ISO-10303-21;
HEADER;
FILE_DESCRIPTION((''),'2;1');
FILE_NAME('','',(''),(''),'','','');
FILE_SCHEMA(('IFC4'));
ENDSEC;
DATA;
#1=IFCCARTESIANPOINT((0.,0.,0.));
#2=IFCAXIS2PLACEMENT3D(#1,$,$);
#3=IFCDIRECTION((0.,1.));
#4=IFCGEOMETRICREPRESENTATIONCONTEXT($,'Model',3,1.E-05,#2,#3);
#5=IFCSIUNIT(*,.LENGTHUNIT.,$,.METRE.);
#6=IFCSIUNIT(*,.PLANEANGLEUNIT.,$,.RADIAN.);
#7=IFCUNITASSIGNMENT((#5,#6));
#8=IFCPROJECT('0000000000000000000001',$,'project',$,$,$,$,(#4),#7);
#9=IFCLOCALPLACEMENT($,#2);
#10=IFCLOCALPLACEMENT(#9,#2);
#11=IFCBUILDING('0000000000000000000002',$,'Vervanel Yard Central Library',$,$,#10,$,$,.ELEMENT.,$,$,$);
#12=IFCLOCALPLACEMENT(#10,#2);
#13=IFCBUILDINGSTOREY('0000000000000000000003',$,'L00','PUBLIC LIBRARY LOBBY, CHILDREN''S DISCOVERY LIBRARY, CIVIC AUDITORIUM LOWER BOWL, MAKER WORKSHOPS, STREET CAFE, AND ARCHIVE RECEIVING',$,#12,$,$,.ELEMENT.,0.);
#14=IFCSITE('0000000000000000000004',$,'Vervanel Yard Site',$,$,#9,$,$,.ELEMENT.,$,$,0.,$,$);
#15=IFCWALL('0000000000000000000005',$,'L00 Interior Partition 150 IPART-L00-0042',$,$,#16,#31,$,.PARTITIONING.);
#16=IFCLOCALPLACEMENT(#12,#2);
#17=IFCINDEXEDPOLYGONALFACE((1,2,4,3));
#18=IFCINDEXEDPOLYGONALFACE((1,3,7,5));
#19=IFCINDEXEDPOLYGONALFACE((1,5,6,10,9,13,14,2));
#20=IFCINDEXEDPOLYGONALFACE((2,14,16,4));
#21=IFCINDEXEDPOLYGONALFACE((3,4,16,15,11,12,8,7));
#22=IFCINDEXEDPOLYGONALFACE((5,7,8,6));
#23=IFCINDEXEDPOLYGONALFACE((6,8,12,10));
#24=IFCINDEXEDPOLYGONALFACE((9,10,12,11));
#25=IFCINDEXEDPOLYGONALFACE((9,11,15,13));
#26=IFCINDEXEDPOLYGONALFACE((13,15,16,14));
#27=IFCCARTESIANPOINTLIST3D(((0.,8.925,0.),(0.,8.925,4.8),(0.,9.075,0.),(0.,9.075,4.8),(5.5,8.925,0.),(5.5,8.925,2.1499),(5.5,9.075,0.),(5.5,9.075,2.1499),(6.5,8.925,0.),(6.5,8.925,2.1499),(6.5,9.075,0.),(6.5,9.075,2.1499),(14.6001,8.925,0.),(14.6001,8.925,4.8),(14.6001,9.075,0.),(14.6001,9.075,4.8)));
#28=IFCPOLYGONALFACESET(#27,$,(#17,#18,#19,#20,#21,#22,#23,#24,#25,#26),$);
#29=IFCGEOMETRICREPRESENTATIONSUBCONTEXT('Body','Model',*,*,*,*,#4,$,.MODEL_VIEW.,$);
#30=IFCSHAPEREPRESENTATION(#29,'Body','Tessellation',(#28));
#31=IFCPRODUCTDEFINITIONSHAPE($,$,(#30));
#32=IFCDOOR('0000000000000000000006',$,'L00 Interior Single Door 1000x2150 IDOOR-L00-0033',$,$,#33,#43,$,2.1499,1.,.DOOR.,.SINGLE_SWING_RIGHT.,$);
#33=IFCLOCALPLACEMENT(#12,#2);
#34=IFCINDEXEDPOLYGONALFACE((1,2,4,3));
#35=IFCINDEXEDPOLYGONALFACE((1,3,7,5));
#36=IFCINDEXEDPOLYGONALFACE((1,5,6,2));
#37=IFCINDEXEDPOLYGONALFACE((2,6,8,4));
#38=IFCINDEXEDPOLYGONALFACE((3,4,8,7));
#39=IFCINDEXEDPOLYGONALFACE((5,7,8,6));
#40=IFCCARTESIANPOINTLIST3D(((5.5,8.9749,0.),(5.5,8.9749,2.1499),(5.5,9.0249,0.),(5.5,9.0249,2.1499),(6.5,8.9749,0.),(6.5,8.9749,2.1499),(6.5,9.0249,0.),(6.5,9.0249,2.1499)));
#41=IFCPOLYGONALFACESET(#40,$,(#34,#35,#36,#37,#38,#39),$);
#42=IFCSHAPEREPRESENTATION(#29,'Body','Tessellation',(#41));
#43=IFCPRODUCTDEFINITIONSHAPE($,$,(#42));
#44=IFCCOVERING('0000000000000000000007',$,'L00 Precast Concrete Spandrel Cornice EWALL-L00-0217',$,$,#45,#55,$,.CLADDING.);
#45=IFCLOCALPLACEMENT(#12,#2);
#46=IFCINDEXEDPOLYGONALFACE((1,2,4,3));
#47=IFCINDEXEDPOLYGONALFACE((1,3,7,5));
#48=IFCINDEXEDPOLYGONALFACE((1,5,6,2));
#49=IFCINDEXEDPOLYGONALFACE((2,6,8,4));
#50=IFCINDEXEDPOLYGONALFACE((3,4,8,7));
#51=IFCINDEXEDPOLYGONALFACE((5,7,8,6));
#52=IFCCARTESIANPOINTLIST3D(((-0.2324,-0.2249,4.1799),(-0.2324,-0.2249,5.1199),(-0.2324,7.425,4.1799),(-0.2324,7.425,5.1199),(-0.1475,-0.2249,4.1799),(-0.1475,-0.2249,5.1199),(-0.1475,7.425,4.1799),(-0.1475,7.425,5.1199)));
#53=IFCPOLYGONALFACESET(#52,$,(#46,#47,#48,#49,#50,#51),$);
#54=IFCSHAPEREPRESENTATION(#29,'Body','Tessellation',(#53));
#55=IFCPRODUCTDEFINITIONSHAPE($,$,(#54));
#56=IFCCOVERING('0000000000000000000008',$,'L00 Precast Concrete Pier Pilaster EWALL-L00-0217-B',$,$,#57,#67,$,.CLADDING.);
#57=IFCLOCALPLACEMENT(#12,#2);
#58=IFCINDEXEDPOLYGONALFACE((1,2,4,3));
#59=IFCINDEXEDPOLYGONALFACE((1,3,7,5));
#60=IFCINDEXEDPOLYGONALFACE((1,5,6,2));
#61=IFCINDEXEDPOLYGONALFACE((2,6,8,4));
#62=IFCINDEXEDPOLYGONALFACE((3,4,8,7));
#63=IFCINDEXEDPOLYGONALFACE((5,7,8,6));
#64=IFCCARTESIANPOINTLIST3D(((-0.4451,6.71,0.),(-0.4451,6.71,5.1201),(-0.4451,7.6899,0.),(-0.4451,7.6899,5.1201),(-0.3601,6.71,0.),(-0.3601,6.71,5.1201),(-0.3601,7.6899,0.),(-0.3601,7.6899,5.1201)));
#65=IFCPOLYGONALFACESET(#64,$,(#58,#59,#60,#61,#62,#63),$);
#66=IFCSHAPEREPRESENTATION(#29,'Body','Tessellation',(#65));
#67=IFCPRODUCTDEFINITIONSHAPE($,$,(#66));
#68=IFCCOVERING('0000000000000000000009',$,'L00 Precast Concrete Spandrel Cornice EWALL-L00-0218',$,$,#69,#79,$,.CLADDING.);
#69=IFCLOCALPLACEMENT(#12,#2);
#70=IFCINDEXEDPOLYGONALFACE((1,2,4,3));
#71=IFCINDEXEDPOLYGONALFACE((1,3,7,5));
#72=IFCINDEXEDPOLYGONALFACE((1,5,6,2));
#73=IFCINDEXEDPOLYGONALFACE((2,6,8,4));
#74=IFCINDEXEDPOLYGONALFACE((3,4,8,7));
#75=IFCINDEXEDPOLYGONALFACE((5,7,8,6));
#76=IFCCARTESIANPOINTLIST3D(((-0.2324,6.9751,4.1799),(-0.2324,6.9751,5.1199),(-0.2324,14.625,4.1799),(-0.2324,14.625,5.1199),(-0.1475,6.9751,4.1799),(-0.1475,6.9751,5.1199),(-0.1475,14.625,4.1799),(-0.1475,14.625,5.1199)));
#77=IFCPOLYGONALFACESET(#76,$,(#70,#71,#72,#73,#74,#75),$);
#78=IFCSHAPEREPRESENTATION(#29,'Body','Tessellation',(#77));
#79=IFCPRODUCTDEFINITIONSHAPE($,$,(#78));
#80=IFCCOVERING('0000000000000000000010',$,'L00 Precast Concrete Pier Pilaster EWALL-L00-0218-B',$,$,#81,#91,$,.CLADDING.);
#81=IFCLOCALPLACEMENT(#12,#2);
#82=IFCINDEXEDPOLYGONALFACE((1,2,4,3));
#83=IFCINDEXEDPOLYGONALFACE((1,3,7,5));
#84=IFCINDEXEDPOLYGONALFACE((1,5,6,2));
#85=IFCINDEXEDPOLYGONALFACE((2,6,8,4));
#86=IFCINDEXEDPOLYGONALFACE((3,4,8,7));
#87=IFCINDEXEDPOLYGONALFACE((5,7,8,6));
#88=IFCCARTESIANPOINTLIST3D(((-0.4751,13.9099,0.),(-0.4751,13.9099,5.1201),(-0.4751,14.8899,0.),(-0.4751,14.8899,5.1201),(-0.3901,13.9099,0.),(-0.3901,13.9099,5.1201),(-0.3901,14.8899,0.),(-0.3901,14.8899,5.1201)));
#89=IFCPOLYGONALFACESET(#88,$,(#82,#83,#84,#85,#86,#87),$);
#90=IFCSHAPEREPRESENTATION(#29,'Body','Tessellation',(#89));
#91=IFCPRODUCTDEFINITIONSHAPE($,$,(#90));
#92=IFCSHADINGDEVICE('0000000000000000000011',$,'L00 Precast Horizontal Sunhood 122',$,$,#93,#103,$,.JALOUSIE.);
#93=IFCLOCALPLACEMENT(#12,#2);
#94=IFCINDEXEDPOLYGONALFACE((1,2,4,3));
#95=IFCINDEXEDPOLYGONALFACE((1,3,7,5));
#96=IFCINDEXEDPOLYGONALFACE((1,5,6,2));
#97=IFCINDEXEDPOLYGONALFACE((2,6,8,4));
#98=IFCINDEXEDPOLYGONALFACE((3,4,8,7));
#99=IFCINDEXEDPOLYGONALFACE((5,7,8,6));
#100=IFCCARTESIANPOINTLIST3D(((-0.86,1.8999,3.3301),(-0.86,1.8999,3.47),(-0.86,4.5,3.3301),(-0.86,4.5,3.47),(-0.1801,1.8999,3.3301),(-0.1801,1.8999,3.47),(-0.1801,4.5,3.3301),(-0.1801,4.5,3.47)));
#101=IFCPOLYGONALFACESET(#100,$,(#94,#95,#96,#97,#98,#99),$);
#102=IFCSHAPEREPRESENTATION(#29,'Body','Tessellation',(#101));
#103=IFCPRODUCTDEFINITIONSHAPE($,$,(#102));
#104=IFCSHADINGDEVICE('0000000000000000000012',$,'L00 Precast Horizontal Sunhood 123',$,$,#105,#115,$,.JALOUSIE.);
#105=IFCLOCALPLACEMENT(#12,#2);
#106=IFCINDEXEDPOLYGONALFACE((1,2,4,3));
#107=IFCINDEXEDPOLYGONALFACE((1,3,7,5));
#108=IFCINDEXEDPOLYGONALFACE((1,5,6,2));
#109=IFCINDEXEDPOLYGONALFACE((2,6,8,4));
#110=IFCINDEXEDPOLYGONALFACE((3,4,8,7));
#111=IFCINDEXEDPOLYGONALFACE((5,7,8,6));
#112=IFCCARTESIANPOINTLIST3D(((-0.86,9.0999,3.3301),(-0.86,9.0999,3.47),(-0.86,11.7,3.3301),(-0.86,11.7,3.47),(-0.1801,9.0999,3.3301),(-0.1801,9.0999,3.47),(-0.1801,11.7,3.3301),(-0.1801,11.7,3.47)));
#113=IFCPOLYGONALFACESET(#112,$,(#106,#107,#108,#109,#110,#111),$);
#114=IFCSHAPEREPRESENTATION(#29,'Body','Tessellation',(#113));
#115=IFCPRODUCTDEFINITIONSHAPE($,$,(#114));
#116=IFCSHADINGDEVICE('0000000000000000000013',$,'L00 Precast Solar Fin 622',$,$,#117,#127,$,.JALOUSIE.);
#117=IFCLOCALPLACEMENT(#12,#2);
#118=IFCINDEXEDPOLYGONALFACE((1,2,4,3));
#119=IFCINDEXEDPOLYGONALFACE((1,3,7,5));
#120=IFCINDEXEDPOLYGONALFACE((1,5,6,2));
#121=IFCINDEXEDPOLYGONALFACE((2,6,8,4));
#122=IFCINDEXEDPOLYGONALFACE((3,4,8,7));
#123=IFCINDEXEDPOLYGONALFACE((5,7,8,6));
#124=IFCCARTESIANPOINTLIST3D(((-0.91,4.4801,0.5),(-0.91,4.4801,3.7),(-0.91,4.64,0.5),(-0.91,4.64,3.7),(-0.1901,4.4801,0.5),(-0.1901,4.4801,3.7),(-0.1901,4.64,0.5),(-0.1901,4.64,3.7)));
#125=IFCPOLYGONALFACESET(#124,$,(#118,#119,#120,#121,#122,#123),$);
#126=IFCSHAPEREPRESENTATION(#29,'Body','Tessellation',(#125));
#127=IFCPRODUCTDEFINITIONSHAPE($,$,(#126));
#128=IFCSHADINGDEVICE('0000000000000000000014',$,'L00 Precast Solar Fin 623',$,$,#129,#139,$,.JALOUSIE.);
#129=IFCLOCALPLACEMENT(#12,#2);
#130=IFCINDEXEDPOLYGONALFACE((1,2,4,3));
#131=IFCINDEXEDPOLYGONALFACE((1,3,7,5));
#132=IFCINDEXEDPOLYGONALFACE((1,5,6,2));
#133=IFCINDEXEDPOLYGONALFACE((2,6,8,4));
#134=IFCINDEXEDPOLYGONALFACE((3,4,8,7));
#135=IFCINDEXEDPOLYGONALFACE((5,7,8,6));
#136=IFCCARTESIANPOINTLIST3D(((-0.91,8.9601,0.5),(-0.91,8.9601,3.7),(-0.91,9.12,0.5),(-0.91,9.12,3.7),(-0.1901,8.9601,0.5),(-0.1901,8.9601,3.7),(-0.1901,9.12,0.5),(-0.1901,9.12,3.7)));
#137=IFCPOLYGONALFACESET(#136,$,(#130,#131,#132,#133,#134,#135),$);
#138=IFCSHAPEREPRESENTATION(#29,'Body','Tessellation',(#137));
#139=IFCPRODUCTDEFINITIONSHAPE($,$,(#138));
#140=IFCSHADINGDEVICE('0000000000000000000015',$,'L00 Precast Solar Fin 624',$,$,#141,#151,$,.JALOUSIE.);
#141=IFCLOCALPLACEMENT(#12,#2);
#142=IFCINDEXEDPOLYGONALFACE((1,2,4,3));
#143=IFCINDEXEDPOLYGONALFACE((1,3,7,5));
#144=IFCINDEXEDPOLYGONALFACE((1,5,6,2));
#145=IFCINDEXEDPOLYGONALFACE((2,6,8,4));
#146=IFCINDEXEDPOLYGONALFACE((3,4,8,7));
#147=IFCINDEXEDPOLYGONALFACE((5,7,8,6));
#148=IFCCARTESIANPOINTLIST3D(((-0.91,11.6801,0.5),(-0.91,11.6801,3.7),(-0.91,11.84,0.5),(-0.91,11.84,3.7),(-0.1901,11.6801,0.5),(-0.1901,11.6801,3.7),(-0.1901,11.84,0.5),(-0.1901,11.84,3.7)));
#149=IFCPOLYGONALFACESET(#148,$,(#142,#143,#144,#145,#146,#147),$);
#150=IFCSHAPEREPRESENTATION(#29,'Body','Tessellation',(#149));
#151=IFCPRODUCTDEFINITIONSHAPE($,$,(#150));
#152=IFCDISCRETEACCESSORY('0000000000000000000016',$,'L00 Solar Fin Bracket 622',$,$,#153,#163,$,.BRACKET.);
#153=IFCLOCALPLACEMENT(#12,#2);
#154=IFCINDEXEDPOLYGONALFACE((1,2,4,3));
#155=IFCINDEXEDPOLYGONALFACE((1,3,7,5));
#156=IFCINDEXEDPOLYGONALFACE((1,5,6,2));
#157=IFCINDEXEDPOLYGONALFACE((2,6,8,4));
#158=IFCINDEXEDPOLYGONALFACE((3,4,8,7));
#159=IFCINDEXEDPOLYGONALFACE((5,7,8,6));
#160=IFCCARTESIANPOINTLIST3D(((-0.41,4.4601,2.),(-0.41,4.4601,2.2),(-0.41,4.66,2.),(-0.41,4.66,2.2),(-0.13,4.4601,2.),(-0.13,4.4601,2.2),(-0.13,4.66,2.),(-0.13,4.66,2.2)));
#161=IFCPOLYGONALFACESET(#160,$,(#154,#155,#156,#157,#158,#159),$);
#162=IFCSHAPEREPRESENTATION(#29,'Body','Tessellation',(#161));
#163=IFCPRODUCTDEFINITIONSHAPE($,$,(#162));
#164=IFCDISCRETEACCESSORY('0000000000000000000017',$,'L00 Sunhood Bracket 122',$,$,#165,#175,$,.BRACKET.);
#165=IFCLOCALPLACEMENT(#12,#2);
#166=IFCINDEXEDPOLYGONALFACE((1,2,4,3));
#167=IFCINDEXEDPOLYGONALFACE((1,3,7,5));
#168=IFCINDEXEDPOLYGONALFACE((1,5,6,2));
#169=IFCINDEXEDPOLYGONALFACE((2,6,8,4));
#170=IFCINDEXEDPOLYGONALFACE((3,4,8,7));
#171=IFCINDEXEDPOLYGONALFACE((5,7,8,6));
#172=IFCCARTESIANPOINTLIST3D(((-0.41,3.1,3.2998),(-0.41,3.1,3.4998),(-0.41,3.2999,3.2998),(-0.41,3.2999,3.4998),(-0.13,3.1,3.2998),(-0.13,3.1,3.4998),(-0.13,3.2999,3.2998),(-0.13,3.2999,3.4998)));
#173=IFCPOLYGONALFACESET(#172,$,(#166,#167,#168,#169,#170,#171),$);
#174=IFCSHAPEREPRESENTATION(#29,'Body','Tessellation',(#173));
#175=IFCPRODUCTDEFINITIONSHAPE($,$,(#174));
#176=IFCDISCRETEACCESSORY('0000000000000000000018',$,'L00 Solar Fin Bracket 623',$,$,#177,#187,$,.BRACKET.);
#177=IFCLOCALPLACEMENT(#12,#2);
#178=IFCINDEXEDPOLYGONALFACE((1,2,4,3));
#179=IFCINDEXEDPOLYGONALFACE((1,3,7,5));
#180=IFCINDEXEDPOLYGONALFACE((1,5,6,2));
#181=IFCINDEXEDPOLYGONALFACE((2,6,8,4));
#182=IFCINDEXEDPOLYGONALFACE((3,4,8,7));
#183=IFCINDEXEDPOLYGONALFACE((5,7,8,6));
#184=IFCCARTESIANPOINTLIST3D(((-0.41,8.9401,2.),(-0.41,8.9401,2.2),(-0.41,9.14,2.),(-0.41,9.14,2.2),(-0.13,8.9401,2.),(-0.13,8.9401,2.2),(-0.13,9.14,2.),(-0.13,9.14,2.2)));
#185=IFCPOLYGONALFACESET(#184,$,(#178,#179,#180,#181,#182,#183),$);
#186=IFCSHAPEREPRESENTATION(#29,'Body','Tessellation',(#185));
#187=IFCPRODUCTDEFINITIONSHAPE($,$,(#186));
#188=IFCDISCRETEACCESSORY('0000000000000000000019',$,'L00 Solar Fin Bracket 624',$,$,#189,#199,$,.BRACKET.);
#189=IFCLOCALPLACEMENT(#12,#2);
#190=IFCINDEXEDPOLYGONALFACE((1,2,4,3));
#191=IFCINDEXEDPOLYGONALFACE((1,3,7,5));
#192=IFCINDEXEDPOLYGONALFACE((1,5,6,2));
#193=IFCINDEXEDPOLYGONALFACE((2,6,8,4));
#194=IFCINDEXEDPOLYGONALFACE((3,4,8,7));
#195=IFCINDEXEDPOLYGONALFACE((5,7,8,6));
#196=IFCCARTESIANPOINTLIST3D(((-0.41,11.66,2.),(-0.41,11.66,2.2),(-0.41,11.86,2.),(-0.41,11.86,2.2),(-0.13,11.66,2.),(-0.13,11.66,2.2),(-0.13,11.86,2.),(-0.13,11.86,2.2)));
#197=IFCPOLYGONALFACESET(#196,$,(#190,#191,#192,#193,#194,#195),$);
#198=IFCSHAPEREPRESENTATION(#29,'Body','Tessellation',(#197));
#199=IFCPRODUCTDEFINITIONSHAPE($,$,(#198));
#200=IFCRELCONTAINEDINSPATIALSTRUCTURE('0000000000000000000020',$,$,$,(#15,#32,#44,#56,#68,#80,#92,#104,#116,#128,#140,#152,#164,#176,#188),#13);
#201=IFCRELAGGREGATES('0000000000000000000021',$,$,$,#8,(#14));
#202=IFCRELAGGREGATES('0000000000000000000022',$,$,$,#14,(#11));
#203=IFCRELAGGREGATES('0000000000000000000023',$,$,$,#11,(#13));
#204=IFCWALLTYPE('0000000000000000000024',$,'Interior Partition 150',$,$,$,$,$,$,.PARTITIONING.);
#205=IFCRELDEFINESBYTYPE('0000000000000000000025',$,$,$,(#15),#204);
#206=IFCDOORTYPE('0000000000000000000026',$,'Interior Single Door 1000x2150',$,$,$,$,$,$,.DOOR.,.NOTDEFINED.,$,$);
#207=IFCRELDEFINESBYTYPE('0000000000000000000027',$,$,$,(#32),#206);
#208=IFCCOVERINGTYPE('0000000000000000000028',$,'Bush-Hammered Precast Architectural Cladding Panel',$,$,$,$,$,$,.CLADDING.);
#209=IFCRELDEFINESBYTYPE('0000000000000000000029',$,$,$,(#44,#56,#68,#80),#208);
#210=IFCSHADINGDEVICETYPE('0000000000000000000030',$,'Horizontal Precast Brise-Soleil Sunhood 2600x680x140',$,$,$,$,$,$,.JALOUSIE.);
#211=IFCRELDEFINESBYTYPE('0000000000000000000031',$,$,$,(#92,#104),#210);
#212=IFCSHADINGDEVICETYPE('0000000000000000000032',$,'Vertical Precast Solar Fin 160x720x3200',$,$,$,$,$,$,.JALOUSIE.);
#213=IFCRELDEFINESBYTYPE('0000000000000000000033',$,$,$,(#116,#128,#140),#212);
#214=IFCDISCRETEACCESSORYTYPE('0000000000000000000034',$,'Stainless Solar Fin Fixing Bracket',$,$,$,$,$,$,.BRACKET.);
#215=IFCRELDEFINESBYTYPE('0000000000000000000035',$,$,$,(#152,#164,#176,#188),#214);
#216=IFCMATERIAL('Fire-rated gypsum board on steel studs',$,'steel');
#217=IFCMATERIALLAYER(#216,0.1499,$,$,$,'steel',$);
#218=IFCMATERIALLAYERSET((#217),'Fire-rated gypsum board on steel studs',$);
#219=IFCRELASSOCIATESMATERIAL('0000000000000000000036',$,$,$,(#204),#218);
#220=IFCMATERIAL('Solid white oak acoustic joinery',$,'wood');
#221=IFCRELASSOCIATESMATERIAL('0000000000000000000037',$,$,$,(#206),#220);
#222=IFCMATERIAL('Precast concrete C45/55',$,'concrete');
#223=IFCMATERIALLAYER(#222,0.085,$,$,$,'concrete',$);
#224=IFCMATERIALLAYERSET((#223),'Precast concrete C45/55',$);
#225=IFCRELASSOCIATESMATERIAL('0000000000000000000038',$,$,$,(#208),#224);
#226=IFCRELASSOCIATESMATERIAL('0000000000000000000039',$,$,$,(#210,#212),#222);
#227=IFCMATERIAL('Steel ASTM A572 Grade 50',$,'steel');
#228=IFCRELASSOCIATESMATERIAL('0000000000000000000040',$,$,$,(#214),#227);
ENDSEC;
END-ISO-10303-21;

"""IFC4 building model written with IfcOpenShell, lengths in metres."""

from ifc_helpers import new_model, si_unit, direction, frame, frame_2d, origin, origin_2d, place, context, subcontext, project, spatial, rectangle, extrude, material, layer, layer_set, type_object, element, fill, save


model = new_model("IFC4")

# Units and contexts
model_context = context("Model", 3, precision=1e-05, world=origin(), true_north=direction((0.0, 1.0)))
body_context = subcontext(model_context, "Body", "Model", "MODEL_VIEW")
ifc_project = project(units=[si_unit("LENGTHUNIT", "METRE"), si_unit("PLANEANGLEUNIT", "RADIAN")], contexts=[model_context])

# Site, building, storey
site_placement = place(None, origin())
site = spatial("IfcSite", under=ifc_project, at=site_placement, Name="Vervanel Yard Site", CompositionType="ELEMENT", RefElevation=0.0)
building_placement = place(site_placement, origin())
building = spatial("IfcBuilding", under=site, at=building_placement, Name="Vervanel Yard Central Library", CompositionType="ELEMENT")
storey_placement = place(building_placement, origin())
storey = spatial("IfcBuildingStorey", under=building, at=storey_placement, Name="L00", Description="PUBLIC LIBRARY LOBBY, CHILDREN'S DISCOVERY LIBRARY, CIVIC AUDITORIUM LOWER BOWL, MAKER WORKSHOPS, STREET CAFE, AND ARCHIVE RECEIVING", CompositionType="ELEMENT", Elevation=0.0)

# Shared definitions
ifc_material_1 = material(Name="Fire-rated gypsum board on steel studs", Category="steel")
ifc_material_2 = material(Name="Solid white oak acoustic joinery", Category="wood")

# Shared definitions
ifc_material_3 = material(Name="Precast concrete C45/55", Category="concrete")

# Wall, opening, door
ifc_layer_1 = layer(ifc_material_1, 0.1499, Category="steel")
ifc_layer_set_1 = layer_set([ifc_layer_1], Name="Fire-rated gypsum board on steel studs")
wall_type_1 = type_object("IfcWallType", Name="Interior Partition 150", PredefinedType="PARTITIONING", material=ifc_layer_set_1)
wall_1_placement = place(storey_placement, frame((0.0, 9.0, 0.0), z_axis=(0.0, 0.0, 1.0), x_axis=(1.0, 0.0, 0.0)))
wall_1 = element("IfcWall", 1, at=wall_1_placement, inside=storey, type_object=wall_type_1, Name="L00 Interior Partition 150 IPART-L00-0042", PredefinedType="PARTITIONING", context=body_context, shape_type="SweptSolid", body=[
    extrude(rectangle(XDim=14.6001, YDim=0.1499, at=frame_2d((7.3, 0.0))), origin(), (0.0, 0.0, 1.0), 4.8),
])
opening_1_placement = place(wall_1_placement, frame((5.5, 0.0, 0.0)))
opening_1 = element("IfcOpeningElement", 2, at=opening_1_placement, cuts=wall_1, PredefinedType="OPENING", context=body_context, shape_type="SweptSolid", body=[
    extrude(rectangle(XDim=1.0, YDim=2.1499, at=frame_2d((0.5, 1.075))), frame((0.0, 0.085, 0.0), z_axis=(0.0, -1.0, 0.0), x_axis=(1.0, 0.0, 0.0)), (0.0, 0.0, 1.0), 0.1699),
])
door_type_1 = type_object("IfcDoorType", Name="Interior Single Door 1000x2150", OperationType="NOTDEFINED", PredefinedType="DOOR", material=ifc_material_2)
door_1_placement = place(opening_1_placement, origin())
door_1 = element("IfcDoor", 3, at=door_1_placement, inside=storey, type_object=door_type_1, Name="L00 Interior Single Door 1000x2150 IDOOR-L00-0033", OperationType="SINGLE_SWING_RIGHT", OverallHeight=2.1499, OverallWidth=1.0, PredefinedType="DOOR", context=body_context, shape_type="SweptSolid", body=[
    extrude(rectangle(XDim=1.0, YDim=2.1499, at=frame_2d((0.5, 1.075))), frame((0.0, 0.0249, 0.0), z_axis=(0.0, -1.0, 0.0), x_axis=(1.0, 0.0, 0.0)), (0.0, 0.0, 1.0), 0.05),
])
fill(opening_1, door_1)

# Coverings
ifc_layer_2 = layer(ifc_material_3, 0.085, Category="concrete")
ifc_layer_set_2 = layer_set([ifc_layer_2], Name="Precast concrete C45/55")
covering_type = type_object("IfcCoveringType", Name="Bush-Hammered Precast Architectural Cladding Panel", PredefinedType="CLADDING", material=ifc_layer_set_2)
covering_1_placement = place(storey_placement, frame((-0.1899, 3.6001, 4.1799), z_axis=(0.0, 0.0, 1.0), x_axis=(0.0, 1.0, 0.0)))
element("IfcCovering", 4, at=covering_1_placement, inside=storey, type_object=covering_type, Name="L00 Precast Concrete Spandrel Cornice EWALL-L00-0217", PredefinedType="CLADDING", context=body_context, shape_type="SweptSolid", body=[
    extrude(rectangle(XDim=7.6499, YDim=0.085, at=origin_2d()), origin(), (0.0, 0.0, 1.0), 0.9399),
])
covering_2_placement = place(storey_placement, frame((-0.4026, 7.2, 0.0), z_axis=(0.0, 0.0, 1.0), x_axis=(0.0, 1.0, 0.0)))
element("IfcCovering", 5, at=covering_2_placement, inside=storey, type_object=covering_type, Name="L00 Precast Concrete Pier Pilaster EWALL-L00-0217-B", PredefinedType="CLADDING", context=body_context, shape_type="SweptSolid", body=[
    extrude(rectangle(XDim=0.98, YDim=0.085, at=origin_2d()), origin(), (0.0, 0.0, 1.0), 5.1201),
])
covering_3_placement = place(storey_placement, frame((-0.1899, 10.8, 4.1799), z_axis=(0.0, 0.0, 1.0), x_axis=(0.0, 1.0, 0.0)))
element("IfcCovering", 6, at=covering_3_placement, inside=storey, type_object=covering_type, Name="L00 Precast Concrete Spandrel Cornice EWALL-L00-0218", PredefinedType="CLADDING", context=body_context, shape_type="SweptSolid", body=[
    extrude(rectangle(XDim=7.6499, YDim=0.085, at=origin_2d()), origin(), (0.0, 0.0, 1.0), 0.9399),
])
covering_4_placement = place(storey_placement, frame((-0.4326, 14.3999, 0.0), z_axis=(0.0, 0.0, 1.0), x_axis=(0.0, 1.0, 0.0)))
element("IfcCovering", 7, at=covering_4_placement, inside=storey, type_object=covering_type, Name="L00 Precast Concrete Pier Pilaster EWALL-L00-0218-B", PredefinedType="CLADDING", context=body_context, shape_type="SweptSolid", body=[
    extrude(rectangle(XDim=0.98, YDim=0.085, at=origin_2d()), origin(), (0.0, 0.0, 1.0), 5.1201),
])

# Shading devices
shading_device_type_1 = type_object("IfcShadingDeviceType", Name="Horizontal Precast Brise-Soleil Sunhood 2600x680x140", PredefinedType="JALOUSIE", material=ifc_material_3)
for number, where, z_axis, x_axis, name in (
    (8, (-0.52, 3.2, 3.3301), (0.0, 0.0, 1.0), (0.0, 1.0, 0.0), "L00 Precast Horizontal Sunhood 122"),
    (9, (-0.52, 10.3999, 3.3301), (0.0, 0.0, 1.0), (0.0, 1.0, 0.0), "L00 Precast Horizontal Sunhood 123"),
):
    element("IfcShadingDevice", number, at=place(storey_placement, frame(where, z_axis=z_axis, x_axis=x_axis)), inside=storey, type_object=shading_device_type_1, Name=name, PredefinedType="JALOUSIE", context=body_context, shape_type="SweptSolid", body=[
        extrude(rectangle(XDim=2.6001, YDim=0.6799, at=origin_2d()), origin(), (0.0, 0.0, 1.0), 0.1399),
    ])
shading_device_type_2 = type_object("IfcShadingDeviceType", Name="Vertical Precast Solar Fin 160x720x3200", PredefinedType="JALOUSIE", material=ifc_material_3)
for number, where, z_axis, x_axis, name in (
    (10, (-0.55, 4.5601, 0.5), (0.0, 0.0, 1.0), (0.0, 1.0, 0.0), "L00 Precast Solar Fin 622"),
    (11, (-0.55, 9.04, 0.5), (0.0, 0.0, 1.0), (0.0, 1.0, 0.0), "L00 Precast Solar Fin 623"),
    (12, (-0.55, 11.76, 0.5), (0.0, 0.0, 1.0), (0.0, 1.0, 0.0), "L00 Precast Solar Fin 624"),
):
    element("IfcShadingDevice", number, at=place(storey_placement, frame(where, z_axis=z_axis, x_axis=x_axis)), inside=storey, type_object=shading_device_type_2, Name=name, PredefinedType="JALOUSIE", context=body_context, shape_type="SweptSolid", body=[
        extrude(rectangle(XDim=0.1599, YDim=0.72, at=origin_2d()), origin(), (0.0, 0.0, 1.0), 3.2),
    ])

# Discrete accessories
ifc_material_4 = material(Name="Steel ASTM A572 Grade 50", Category="steel")
discrete_accessory_type = type_object("IfcDiscreteAccessoryType", Name="Stainless Solar Fin Fixing Bracket", PredefinedType="BRACKET", material=ifc_material_4)
for number, where, z_axis, x_axis, name in (
    (13, (-0.27, 4.5601, 2.0), (0.0, 0.0, 1.0), (0.0, 1.0, 0.0), "L00 Solar Fin Bracket 622"),
    (14, (-0.27, 3.2, 3.2998), (0.0, 0.0, 1.0), (0.0, 1.0, 0.0), "L00 Sunhood Bracket 122"),
    (15, (-0.27, 9.04, 2.0), (0.0, 0.0, 1.0), (0.0, 1.0, 0.0), "L00 Solar Fin Bracket 623"),
    (16, (-0.27, 11.76, 2.0), (0.0, 0.0, 1.0), (0.0, 1.0, 0.0), "L00 Solar Fin Bracket 624"),
):
    element("IfcDiscreteAccessory", number, at=place(storey_placement, frame(where, z_axis=z_axis, x_axis=x_axis)), inside=storey, type_object=discrete_accessory_type, Name=name, PredefinedType="BRACKET", context=body_context, shape_type="SweptSolid", body=[
        extrude(rectangle(XDim=0.2, YDim=0.28, at=origin_2d()), origin(), (0.0, 0.0, 1.0), 0.2),
    ])

save(model, "model.ifc")
